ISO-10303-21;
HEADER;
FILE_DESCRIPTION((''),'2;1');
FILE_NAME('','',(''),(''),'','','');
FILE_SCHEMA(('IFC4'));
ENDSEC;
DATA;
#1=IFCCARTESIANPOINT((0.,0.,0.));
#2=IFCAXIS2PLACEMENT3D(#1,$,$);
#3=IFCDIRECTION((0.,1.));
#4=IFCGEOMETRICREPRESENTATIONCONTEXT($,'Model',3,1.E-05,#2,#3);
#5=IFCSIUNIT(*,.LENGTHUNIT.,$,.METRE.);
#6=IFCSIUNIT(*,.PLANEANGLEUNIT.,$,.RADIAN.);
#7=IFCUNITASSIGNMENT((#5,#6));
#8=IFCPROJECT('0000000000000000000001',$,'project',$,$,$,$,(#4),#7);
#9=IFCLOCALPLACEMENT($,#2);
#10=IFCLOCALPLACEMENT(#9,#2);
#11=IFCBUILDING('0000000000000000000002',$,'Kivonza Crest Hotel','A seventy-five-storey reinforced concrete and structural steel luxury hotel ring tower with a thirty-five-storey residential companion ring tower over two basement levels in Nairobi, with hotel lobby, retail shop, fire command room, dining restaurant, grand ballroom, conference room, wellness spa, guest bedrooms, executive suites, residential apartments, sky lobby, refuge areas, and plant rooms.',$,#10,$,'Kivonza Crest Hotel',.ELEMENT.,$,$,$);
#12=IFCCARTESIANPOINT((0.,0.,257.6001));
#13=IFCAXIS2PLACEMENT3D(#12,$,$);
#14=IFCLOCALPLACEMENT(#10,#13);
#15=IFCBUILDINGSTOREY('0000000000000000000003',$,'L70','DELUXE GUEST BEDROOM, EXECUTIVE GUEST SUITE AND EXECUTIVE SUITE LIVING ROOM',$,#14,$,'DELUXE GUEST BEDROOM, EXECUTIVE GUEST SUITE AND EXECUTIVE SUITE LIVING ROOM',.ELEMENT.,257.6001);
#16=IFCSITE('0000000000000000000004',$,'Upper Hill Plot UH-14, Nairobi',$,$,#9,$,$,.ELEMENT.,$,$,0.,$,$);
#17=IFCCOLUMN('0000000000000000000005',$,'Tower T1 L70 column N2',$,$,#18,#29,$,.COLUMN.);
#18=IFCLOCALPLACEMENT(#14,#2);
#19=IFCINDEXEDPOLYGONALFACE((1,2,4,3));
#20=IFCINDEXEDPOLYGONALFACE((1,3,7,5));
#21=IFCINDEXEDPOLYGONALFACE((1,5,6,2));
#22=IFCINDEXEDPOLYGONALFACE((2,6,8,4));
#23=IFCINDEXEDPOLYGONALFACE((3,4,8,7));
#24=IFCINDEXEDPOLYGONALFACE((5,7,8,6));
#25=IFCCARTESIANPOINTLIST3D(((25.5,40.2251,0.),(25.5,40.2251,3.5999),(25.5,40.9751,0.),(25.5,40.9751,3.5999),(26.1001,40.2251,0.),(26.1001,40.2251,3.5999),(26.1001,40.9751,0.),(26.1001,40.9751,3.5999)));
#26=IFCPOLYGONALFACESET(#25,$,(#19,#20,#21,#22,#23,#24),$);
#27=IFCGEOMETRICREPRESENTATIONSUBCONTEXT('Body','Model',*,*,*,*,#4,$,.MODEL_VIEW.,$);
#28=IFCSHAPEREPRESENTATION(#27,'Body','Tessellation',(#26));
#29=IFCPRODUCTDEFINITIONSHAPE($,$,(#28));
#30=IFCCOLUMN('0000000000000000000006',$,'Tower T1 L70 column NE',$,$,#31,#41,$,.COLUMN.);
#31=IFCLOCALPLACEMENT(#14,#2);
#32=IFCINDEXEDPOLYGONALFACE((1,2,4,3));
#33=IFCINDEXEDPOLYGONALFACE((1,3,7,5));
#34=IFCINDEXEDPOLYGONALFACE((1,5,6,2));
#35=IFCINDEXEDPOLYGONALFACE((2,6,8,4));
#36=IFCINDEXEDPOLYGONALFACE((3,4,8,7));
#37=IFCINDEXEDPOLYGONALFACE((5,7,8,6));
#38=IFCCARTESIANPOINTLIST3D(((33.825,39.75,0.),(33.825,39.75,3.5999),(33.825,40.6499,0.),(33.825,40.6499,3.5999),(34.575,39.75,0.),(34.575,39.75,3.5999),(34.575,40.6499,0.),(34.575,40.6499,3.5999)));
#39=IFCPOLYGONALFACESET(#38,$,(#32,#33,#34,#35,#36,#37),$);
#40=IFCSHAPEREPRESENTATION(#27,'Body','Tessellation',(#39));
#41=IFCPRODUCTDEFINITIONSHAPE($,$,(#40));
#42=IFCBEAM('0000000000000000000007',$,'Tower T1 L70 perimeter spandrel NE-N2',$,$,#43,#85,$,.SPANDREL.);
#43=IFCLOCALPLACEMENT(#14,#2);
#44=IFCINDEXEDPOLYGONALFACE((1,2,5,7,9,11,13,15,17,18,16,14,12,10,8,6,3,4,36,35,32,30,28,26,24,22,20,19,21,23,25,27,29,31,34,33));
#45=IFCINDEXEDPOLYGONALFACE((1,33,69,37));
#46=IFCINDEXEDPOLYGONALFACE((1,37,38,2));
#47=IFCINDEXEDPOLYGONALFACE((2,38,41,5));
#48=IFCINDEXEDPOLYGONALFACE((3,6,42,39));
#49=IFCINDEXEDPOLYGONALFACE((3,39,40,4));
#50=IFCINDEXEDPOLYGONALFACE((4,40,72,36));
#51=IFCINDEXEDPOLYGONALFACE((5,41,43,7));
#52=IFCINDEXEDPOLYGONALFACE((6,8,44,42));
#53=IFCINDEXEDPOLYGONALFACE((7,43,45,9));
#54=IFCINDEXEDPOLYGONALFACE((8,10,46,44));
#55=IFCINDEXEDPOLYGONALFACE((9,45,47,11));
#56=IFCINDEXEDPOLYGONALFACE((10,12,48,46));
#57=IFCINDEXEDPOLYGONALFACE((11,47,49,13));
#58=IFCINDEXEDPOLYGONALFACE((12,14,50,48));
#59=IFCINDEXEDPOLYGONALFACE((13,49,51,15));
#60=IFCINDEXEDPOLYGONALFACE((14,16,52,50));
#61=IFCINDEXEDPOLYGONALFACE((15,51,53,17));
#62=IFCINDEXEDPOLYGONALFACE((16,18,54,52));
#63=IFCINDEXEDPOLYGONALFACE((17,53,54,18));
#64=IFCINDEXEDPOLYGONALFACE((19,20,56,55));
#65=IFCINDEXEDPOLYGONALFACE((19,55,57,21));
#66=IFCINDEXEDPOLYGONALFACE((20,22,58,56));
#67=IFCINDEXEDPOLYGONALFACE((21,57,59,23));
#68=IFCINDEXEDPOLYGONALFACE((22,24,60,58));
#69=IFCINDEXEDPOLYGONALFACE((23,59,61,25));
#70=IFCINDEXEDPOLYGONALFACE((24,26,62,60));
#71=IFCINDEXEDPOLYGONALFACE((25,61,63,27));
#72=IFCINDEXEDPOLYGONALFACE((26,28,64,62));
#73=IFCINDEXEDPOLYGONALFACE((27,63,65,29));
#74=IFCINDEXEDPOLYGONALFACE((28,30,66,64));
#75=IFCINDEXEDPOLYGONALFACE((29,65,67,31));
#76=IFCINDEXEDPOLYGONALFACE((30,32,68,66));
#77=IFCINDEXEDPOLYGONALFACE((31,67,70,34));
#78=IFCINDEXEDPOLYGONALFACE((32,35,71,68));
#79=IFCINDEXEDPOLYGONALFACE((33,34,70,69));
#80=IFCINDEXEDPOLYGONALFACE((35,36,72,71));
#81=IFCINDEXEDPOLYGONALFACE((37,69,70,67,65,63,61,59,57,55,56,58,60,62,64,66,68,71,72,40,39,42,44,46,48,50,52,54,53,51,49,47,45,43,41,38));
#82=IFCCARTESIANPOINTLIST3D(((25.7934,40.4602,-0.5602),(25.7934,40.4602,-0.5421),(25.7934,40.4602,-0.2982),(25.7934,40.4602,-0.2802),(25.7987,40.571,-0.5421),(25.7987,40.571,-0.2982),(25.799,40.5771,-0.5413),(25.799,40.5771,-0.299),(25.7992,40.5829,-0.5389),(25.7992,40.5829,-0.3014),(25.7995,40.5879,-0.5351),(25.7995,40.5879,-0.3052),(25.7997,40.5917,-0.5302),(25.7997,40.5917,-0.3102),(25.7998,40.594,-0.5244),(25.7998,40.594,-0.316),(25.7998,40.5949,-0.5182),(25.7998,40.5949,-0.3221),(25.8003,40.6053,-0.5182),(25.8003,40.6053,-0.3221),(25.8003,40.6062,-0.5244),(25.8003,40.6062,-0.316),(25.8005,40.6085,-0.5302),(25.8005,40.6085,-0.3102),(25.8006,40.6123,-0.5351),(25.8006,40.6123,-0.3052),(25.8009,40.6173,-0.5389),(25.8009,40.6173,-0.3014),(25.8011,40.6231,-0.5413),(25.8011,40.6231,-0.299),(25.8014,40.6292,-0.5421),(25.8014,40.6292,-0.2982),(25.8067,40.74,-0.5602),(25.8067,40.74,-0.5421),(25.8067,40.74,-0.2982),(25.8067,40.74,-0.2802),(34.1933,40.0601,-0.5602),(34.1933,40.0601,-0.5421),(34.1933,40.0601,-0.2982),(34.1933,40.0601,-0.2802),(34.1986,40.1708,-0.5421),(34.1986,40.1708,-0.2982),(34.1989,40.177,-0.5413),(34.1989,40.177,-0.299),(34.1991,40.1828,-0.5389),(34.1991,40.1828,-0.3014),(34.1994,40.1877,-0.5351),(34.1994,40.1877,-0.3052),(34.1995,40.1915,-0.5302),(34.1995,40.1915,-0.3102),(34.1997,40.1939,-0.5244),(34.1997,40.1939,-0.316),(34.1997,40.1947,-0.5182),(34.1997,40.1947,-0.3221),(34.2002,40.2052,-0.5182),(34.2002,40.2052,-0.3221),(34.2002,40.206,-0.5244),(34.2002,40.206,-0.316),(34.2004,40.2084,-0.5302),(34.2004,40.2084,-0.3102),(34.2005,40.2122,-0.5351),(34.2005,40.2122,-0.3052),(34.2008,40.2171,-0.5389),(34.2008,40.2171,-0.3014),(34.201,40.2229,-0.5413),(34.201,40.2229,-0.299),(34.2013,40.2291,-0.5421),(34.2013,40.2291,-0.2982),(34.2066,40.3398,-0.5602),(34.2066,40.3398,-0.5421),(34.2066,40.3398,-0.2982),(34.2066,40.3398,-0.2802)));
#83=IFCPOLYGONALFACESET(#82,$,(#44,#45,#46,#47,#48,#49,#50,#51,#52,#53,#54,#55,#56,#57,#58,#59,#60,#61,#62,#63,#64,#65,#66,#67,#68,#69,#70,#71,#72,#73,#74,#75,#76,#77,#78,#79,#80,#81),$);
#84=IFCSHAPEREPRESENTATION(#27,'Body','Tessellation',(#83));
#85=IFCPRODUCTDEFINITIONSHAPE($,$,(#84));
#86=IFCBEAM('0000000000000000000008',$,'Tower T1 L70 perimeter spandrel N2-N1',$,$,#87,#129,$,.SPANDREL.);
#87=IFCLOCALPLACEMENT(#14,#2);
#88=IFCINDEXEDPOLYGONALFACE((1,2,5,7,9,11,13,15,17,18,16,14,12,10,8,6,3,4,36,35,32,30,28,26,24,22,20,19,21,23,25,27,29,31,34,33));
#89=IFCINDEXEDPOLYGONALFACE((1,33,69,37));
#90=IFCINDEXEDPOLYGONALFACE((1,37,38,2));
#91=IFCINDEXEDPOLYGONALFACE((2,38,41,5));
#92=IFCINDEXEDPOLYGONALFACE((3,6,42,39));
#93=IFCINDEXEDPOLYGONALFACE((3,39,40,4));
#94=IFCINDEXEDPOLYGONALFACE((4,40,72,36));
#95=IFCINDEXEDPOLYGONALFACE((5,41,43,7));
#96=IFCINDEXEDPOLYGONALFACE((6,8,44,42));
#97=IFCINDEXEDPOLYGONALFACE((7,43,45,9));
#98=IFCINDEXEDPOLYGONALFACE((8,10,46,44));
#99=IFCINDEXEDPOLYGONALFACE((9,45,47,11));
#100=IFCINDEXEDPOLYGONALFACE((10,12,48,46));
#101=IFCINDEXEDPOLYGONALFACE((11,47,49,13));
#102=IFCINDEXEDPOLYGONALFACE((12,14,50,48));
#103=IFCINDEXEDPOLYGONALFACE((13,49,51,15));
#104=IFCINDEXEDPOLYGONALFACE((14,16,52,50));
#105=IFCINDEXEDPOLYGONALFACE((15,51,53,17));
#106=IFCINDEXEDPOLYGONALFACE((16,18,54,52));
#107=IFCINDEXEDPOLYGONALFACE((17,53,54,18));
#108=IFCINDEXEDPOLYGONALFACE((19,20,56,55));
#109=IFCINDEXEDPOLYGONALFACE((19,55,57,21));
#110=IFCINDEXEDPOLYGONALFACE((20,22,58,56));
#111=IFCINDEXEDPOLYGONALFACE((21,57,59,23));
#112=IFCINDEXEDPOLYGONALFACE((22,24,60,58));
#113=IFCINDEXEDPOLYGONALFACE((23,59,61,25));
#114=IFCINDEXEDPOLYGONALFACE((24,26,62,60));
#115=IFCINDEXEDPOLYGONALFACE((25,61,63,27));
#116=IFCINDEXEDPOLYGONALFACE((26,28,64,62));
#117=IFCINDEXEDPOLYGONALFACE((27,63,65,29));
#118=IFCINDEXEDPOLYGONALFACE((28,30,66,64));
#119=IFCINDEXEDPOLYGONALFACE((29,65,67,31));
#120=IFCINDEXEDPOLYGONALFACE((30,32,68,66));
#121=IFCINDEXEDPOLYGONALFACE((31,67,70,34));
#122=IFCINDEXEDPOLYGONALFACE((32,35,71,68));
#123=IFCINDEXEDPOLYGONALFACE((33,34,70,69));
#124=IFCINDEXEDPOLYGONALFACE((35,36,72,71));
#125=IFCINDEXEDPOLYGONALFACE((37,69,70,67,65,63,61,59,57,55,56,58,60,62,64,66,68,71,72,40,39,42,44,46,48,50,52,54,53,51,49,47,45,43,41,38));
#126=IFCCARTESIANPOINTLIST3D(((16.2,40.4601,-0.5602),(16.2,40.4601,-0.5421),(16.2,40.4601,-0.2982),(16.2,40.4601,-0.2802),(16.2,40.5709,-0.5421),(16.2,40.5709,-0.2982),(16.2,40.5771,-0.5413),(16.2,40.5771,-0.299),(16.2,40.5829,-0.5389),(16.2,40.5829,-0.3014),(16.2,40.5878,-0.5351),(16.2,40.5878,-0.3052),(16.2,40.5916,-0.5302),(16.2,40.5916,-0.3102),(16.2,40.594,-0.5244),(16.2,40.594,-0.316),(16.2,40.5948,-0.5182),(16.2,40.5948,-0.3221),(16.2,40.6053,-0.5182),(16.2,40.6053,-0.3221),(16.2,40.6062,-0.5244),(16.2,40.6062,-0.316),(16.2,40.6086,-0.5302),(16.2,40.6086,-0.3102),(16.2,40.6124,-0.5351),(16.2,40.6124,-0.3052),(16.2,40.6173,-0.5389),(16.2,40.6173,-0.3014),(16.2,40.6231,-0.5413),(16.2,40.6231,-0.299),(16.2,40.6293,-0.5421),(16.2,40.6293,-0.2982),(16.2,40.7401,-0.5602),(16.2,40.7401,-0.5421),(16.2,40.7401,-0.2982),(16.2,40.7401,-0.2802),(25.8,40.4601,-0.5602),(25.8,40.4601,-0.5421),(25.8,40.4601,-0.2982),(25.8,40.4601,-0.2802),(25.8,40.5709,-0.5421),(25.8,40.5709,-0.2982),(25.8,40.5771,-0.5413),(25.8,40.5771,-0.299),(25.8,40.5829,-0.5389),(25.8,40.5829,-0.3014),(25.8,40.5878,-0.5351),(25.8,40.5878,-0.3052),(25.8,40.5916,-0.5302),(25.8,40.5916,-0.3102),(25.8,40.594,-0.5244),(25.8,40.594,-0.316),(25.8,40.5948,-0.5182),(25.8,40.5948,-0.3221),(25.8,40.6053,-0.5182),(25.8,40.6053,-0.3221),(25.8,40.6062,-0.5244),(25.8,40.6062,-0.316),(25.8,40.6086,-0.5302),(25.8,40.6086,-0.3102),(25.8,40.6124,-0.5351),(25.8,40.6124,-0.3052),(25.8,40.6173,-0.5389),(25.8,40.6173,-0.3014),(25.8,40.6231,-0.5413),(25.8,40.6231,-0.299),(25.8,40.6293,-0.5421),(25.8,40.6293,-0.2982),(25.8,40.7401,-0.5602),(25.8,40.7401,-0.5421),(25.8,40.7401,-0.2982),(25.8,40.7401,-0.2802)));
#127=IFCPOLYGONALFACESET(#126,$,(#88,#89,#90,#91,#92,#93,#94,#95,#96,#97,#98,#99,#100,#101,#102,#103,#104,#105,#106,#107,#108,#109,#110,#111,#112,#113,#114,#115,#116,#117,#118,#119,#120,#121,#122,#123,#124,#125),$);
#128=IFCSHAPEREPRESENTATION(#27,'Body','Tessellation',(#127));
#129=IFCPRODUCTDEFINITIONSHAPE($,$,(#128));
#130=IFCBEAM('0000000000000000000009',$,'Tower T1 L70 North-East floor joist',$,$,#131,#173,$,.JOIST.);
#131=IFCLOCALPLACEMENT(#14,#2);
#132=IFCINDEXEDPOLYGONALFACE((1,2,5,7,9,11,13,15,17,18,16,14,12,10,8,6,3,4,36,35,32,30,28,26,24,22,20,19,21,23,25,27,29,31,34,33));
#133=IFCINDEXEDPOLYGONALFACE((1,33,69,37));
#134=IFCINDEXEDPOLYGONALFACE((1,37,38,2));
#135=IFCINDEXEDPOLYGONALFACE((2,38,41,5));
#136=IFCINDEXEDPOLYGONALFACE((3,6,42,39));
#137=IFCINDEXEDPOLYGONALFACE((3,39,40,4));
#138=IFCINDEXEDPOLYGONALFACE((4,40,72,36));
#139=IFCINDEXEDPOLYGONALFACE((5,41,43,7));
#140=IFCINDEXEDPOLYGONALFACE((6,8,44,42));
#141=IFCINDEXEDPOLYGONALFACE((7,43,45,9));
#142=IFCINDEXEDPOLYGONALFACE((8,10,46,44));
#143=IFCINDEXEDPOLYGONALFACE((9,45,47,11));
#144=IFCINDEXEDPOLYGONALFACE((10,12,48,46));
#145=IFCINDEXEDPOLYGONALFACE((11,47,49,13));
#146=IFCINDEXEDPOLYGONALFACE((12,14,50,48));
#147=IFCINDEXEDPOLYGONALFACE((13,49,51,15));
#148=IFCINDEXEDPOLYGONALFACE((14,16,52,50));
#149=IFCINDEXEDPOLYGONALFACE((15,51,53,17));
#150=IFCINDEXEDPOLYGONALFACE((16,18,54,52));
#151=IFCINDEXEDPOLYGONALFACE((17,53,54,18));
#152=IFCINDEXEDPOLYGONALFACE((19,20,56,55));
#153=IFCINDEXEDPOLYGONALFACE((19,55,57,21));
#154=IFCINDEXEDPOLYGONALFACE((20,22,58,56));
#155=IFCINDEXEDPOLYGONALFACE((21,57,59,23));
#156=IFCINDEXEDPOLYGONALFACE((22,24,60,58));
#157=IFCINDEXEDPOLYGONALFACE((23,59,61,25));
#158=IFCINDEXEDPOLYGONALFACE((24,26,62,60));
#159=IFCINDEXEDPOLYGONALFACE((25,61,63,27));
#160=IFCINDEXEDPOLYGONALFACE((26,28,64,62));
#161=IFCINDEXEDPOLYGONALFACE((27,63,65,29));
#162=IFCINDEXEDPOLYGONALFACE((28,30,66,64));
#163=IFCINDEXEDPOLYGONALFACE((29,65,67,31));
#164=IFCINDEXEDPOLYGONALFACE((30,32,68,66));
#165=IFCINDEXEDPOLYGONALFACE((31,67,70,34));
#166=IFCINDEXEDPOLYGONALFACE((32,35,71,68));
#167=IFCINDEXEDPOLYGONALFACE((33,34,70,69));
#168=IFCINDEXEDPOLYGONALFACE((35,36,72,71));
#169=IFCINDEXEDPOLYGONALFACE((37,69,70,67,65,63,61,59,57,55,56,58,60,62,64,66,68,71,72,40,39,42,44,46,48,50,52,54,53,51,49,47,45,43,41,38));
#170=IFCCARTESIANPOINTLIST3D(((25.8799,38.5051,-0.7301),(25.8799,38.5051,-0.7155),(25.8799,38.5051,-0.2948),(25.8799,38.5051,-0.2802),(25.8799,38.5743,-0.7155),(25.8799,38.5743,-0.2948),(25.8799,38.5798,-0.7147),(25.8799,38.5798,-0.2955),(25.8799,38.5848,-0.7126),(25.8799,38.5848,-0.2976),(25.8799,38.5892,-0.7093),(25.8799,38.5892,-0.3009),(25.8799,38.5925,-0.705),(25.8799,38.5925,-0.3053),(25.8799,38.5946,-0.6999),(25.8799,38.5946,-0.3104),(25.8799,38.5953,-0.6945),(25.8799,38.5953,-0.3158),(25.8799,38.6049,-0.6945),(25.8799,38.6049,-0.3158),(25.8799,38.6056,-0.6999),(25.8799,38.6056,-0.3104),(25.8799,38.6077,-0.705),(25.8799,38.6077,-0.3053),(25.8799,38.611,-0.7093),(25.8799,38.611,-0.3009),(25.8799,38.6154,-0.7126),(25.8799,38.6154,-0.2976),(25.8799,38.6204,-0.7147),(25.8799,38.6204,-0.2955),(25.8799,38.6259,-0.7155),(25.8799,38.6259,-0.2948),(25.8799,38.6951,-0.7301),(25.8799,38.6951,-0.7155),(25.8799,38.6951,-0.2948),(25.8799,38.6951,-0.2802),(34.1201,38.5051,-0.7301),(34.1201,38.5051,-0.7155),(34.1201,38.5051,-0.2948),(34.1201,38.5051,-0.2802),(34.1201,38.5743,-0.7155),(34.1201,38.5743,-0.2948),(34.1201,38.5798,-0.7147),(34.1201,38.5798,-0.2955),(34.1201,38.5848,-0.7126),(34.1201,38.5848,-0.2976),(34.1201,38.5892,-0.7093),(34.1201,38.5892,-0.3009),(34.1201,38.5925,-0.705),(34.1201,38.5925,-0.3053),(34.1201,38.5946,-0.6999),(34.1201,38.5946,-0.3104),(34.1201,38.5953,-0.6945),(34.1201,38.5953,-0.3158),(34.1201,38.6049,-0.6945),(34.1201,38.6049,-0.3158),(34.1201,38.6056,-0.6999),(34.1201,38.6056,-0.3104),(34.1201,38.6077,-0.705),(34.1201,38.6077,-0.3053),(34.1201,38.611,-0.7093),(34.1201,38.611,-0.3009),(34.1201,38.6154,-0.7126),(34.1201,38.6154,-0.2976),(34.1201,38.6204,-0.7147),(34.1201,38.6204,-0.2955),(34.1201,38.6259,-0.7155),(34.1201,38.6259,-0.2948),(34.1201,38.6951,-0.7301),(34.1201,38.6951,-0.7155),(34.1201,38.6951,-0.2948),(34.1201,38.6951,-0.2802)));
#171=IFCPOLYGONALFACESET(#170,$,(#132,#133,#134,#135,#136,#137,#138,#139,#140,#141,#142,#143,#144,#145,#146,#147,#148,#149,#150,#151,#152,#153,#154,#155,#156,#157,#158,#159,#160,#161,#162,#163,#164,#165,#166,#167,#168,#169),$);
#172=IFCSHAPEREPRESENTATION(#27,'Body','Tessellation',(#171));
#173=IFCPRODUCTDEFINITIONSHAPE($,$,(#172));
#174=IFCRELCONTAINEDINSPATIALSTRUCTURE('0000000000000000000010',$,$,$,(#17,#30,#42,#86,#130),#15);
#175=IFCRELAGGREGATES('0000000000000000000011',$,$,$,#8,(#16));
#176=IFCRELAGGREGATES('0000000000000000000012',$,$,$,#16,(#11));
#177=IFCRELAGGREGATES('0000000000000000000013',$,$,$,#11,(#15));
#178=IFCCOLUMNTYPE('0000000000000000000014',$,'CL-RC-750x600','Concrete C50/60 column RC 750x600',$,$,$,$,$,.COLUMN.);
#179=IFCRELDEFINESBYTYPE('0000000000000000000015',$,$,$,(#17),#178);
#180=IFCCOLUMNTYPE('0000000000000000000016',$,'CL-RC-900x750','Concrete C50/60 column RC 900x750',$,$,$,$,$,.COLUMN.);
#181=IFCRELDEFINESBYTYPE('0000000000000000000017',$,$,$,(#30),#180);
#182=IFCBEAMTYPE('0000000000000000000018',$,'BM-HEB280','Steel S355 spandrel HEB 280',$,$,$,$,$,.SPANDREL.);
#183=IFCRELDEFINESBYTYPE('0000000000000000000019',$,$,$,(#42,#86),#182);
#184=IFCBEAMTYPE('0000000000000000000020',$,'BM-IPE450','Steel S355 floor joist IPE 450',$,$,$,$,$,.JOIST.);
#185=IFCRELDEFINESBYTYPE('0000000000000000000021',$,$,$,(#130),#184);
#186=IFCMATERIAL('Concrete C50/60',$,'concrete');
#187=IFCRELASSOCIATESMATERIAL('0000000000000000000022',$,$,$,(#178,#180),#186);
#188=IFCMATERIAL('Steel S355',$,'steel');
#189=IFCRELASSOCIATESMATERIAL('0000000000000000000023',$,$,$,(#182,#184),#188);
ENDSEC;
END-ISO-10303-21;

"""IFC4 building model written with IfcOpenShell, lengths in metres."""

from ifc_helpers import new_model, si_unit, direction, frame, origin, origin_2d, place, context, subcontext, project, spatial, rectangle, i_section, extrude, material, material_profile, profile_set, type_object, element, save


model = new_model("IFC4")

# Units and contexts
model_context = context("Model", 3, precision=1e-05, world=origin(), true_north=direction((0.0, 1.0)))
body_context = subcontext(model_context, "Body", "Model", "MODEL_VIEW")
ifc_project = project(units=[si_unit("LENGTHUNIT", "METRE"), si_unit("PLANEANGLEUNIT", "RADIAN")], contexts=[model_context])

# Site, building, storey
site_placement = place(None, origin())
site = spatial("IfcSite", under=ifc_project, at=site_placement, Name="Upper Hill Plot UH-14, Nairobi", CompositionType="ELEMENT", RefElevation=0.0)
building_placement = place(site_placement, origin())
building = spatial("IfcBuilding", under=site, at=building_placement, Name="Kivonza Crest Hotel", Description="A seventy-five-storey reinforced concrete and structural steel luxury hotel ring tower with a thirty-five-storey residential companion ring tower over two basement levels in Nairobi, with hotel lobby, retail shop, fire command room, dining restaurant, grand ballroom, conference room, wellness spa, guest bedrooms, executive suites, residential apartments, sky lobby, refuge areas, and plant rooms.", LongName="Kivonza Crest Hotel", CompositionType="ELEMENT")
storey_placement = place(building_placement, frame((0.0, 0.0, 257.6001)))
storey = spatial("IfcBuildingStorey", under=building, at=storey_placement, Name="L70", Description="DELUXE GUEST BEDROOM, EXECUTIVE GUEST SUITE AND EXECUTIVE SUITE LIVING ROOM", LongName="DELUXE GUEST BEDROOM, EXECUTIVE GUEST SUITE AND EXECUTIVE SUITE LIVING ROOM", CompositionType="ELEMENT", Elevation=257.6001)

# Columns
ifc_material_1 = material(Name="Concrete C50/60", Category="concrete")
ifc_material_profile_1 = material_profile(ifc_material_1, rectangle(XDim=0.6001, YDim=0.75, at=origin_2d()), Name="RC 750x600")
ifc_profile_set_1 = profile_set([ifc_material_profile_1], Name="Concrete C50/60")
column_type_1 = type_object("IfcColumnType", Name="CL-RC-750x600", Description="Concrete C50/60 column RC 750x600", PredefinedType="COLUMN", material=ifc_profile_set_1)
column_1_placement = place(storey_placement, frame((25.8, 40.6001, 0.0), z_axis=(0.0, 0.0, 1.0), x_axis=(1.0, 0.0, 0.0)))
element("IfcColumn", 1, at=column_1_placement, inside=storey, type_object=column_type_1, Name="Tower T1 L70 column N2", PredefinedType="COLUMN", context=body_context, shape_type="SweptSolid", body=[
    extrude(rectangle(XDim=0.6001, YDim=0.75, at=origin_2d()), origin(), (0.0, 0.0, 1.0), 3.5999),
])
ifc_material_profile_2 = material_profile(ifc_material_1, rectangle(XDim=0.75, YDim=0.8999, at=origin_2d()), Name="RC 900x750")
ifc_profile_set_2 = profile_set([ifc_material_profile_2], Name="Concrete C50/60")
column_type_2 = type_object("IfcColumnType", Name="CL-RC-900x750", Description="Concrete C50/60 column RC 900x750", PredefinedType="COLUMN", material=ifc_profile_set_2)
column_2_placement = place(storey_placement, frame((34.2, 40.2, 0.0), z_axis=(0.0, 0.0, 1.0), x_axis=(1.0, 0.0, 0.0)))
element("IfcColumn", 2, at=column_2_placement, inside=storey, type_object=column_type_2, Name="Tower T1 L70 column NE", PredefinedType="COLUMN", context=body_context, shape_type="SweptSolid", body=[
    extrude(rectangle(XDim=0.75, YDim=0.8999, at=origin_2d()), origin(), (0.0, 0.0, 1.0), 3.5999),
])

# Beams
ifc_material_2 = material(Name="Steel S355", Category="steel")
ifc_material_profile_3 = material_profile(ifc_material_2, i_section(OverallWidth=0.28, OverallDepth=0.28, WebThickness=0.0105, FlangeThickness=0.0181, FilletRadius=0.0239, at=origin_2d()), Name="HEB 280")
ifc_profile_set_3 = profile_set([ifc_material_profile_3], Name="Steel S355")
beam_type_1 = type_object("IfcBeamType", Name="BM-HEB280", Description="Steel S355 spandrel HEB 280", PredefinedType="SPANDREL", material=ifc_profile_set_3)
beam_1_placement = place(storey_placement, frame((34.2, 40.2, -0.4202), z_axis=(-0.998867, 0.047583, 0.0), x_axis=(-0.047583, -0.998867, 0.0)))
element("IfcBeam", 3, at=beam_1_placement, inside=storey, type_object=beam_type_1, Name="Tower T1 L70 perimeter spandrel NE-N2", PredefinedType="SPANDREL", context=body_context, shape_type="SweptSolid", body=[
    extrude(i_section(OverallWidth=0.28, OverallDepth=0.28, WebThickness=0.0105, FlangeThickness=0.0181, FilletRadius=0.0239, at=origin_2d()), origin(), (0.0, 0.0, 1.0), 8.4094),
])
beam_2_placement = place(storey_placement, frame((25.8, 40.6001, -0.4202), z_axis=(-1.0, 0.0, 0.0), x_axis=(0.0, -1.0, 0.0)))
element("IfcBeam", 4, at=beam_2_placement, inside=storey, type_object=beam_type_1, Name="Tower T1 L70 perimeter spandrel N2-N1", PredefinedType="SPANDREL", context=body_context, shape_type="SweptSolid", body=[
    extrude(i_section(OverallWidth=0.28, OverallDepth=0.28, WebThickness=0.0105, FlangeThickness=0.0181, FilletRadius=0.0239, at=origin_2d()), origin(), (0.0, 0.0, 1.0), 9.6001),
])
ifc_material_profile_4 = material_profile(ifc_material_2, i_section(OverallWidth=0.1899, OverallDepth=0.45, WebThickness=0.0095, FlangeThickness=0.0146, FilletRadius=0.021, at=origin_2d()), Name="IPE 450")
ifc_profile_set_4 = profile_set([ifc_material_profile_4], Name="Steel S355")
beam_type_2 = type_object("IfcBeamType", Name="BM-IPE450", Description="Steel S355 floor joist IPE 450", PredefinedType="JOIST", material=ifc_profile_set_4)
beam_3_placement = place(storey_placement, frame((25.8799, 38.6001, -0.5051), z_axis=(1.0, 0.0, 0.0), x_axis=(0.0, 1.0, 0.0)))
element("IfcBeam", 5, at=beam_3_placement, inside=storey, type_object=beam_type_2, Name="Tower T1 L70 North-East floor joist", PredefinedType="JOIST", context=body_context, shape_type="SweptSolid", body=[
    extrude(i_section(OverallWidth=0.1899, OverallDepth=0.45, WebThickness=0.0095, FlangeThickness=0.0146, FilletRadius=0.021, at=origin_2d()), origin(), (0.0, 0.0, 1.0), 8.2402),
])

save(model, "model.ifc")
